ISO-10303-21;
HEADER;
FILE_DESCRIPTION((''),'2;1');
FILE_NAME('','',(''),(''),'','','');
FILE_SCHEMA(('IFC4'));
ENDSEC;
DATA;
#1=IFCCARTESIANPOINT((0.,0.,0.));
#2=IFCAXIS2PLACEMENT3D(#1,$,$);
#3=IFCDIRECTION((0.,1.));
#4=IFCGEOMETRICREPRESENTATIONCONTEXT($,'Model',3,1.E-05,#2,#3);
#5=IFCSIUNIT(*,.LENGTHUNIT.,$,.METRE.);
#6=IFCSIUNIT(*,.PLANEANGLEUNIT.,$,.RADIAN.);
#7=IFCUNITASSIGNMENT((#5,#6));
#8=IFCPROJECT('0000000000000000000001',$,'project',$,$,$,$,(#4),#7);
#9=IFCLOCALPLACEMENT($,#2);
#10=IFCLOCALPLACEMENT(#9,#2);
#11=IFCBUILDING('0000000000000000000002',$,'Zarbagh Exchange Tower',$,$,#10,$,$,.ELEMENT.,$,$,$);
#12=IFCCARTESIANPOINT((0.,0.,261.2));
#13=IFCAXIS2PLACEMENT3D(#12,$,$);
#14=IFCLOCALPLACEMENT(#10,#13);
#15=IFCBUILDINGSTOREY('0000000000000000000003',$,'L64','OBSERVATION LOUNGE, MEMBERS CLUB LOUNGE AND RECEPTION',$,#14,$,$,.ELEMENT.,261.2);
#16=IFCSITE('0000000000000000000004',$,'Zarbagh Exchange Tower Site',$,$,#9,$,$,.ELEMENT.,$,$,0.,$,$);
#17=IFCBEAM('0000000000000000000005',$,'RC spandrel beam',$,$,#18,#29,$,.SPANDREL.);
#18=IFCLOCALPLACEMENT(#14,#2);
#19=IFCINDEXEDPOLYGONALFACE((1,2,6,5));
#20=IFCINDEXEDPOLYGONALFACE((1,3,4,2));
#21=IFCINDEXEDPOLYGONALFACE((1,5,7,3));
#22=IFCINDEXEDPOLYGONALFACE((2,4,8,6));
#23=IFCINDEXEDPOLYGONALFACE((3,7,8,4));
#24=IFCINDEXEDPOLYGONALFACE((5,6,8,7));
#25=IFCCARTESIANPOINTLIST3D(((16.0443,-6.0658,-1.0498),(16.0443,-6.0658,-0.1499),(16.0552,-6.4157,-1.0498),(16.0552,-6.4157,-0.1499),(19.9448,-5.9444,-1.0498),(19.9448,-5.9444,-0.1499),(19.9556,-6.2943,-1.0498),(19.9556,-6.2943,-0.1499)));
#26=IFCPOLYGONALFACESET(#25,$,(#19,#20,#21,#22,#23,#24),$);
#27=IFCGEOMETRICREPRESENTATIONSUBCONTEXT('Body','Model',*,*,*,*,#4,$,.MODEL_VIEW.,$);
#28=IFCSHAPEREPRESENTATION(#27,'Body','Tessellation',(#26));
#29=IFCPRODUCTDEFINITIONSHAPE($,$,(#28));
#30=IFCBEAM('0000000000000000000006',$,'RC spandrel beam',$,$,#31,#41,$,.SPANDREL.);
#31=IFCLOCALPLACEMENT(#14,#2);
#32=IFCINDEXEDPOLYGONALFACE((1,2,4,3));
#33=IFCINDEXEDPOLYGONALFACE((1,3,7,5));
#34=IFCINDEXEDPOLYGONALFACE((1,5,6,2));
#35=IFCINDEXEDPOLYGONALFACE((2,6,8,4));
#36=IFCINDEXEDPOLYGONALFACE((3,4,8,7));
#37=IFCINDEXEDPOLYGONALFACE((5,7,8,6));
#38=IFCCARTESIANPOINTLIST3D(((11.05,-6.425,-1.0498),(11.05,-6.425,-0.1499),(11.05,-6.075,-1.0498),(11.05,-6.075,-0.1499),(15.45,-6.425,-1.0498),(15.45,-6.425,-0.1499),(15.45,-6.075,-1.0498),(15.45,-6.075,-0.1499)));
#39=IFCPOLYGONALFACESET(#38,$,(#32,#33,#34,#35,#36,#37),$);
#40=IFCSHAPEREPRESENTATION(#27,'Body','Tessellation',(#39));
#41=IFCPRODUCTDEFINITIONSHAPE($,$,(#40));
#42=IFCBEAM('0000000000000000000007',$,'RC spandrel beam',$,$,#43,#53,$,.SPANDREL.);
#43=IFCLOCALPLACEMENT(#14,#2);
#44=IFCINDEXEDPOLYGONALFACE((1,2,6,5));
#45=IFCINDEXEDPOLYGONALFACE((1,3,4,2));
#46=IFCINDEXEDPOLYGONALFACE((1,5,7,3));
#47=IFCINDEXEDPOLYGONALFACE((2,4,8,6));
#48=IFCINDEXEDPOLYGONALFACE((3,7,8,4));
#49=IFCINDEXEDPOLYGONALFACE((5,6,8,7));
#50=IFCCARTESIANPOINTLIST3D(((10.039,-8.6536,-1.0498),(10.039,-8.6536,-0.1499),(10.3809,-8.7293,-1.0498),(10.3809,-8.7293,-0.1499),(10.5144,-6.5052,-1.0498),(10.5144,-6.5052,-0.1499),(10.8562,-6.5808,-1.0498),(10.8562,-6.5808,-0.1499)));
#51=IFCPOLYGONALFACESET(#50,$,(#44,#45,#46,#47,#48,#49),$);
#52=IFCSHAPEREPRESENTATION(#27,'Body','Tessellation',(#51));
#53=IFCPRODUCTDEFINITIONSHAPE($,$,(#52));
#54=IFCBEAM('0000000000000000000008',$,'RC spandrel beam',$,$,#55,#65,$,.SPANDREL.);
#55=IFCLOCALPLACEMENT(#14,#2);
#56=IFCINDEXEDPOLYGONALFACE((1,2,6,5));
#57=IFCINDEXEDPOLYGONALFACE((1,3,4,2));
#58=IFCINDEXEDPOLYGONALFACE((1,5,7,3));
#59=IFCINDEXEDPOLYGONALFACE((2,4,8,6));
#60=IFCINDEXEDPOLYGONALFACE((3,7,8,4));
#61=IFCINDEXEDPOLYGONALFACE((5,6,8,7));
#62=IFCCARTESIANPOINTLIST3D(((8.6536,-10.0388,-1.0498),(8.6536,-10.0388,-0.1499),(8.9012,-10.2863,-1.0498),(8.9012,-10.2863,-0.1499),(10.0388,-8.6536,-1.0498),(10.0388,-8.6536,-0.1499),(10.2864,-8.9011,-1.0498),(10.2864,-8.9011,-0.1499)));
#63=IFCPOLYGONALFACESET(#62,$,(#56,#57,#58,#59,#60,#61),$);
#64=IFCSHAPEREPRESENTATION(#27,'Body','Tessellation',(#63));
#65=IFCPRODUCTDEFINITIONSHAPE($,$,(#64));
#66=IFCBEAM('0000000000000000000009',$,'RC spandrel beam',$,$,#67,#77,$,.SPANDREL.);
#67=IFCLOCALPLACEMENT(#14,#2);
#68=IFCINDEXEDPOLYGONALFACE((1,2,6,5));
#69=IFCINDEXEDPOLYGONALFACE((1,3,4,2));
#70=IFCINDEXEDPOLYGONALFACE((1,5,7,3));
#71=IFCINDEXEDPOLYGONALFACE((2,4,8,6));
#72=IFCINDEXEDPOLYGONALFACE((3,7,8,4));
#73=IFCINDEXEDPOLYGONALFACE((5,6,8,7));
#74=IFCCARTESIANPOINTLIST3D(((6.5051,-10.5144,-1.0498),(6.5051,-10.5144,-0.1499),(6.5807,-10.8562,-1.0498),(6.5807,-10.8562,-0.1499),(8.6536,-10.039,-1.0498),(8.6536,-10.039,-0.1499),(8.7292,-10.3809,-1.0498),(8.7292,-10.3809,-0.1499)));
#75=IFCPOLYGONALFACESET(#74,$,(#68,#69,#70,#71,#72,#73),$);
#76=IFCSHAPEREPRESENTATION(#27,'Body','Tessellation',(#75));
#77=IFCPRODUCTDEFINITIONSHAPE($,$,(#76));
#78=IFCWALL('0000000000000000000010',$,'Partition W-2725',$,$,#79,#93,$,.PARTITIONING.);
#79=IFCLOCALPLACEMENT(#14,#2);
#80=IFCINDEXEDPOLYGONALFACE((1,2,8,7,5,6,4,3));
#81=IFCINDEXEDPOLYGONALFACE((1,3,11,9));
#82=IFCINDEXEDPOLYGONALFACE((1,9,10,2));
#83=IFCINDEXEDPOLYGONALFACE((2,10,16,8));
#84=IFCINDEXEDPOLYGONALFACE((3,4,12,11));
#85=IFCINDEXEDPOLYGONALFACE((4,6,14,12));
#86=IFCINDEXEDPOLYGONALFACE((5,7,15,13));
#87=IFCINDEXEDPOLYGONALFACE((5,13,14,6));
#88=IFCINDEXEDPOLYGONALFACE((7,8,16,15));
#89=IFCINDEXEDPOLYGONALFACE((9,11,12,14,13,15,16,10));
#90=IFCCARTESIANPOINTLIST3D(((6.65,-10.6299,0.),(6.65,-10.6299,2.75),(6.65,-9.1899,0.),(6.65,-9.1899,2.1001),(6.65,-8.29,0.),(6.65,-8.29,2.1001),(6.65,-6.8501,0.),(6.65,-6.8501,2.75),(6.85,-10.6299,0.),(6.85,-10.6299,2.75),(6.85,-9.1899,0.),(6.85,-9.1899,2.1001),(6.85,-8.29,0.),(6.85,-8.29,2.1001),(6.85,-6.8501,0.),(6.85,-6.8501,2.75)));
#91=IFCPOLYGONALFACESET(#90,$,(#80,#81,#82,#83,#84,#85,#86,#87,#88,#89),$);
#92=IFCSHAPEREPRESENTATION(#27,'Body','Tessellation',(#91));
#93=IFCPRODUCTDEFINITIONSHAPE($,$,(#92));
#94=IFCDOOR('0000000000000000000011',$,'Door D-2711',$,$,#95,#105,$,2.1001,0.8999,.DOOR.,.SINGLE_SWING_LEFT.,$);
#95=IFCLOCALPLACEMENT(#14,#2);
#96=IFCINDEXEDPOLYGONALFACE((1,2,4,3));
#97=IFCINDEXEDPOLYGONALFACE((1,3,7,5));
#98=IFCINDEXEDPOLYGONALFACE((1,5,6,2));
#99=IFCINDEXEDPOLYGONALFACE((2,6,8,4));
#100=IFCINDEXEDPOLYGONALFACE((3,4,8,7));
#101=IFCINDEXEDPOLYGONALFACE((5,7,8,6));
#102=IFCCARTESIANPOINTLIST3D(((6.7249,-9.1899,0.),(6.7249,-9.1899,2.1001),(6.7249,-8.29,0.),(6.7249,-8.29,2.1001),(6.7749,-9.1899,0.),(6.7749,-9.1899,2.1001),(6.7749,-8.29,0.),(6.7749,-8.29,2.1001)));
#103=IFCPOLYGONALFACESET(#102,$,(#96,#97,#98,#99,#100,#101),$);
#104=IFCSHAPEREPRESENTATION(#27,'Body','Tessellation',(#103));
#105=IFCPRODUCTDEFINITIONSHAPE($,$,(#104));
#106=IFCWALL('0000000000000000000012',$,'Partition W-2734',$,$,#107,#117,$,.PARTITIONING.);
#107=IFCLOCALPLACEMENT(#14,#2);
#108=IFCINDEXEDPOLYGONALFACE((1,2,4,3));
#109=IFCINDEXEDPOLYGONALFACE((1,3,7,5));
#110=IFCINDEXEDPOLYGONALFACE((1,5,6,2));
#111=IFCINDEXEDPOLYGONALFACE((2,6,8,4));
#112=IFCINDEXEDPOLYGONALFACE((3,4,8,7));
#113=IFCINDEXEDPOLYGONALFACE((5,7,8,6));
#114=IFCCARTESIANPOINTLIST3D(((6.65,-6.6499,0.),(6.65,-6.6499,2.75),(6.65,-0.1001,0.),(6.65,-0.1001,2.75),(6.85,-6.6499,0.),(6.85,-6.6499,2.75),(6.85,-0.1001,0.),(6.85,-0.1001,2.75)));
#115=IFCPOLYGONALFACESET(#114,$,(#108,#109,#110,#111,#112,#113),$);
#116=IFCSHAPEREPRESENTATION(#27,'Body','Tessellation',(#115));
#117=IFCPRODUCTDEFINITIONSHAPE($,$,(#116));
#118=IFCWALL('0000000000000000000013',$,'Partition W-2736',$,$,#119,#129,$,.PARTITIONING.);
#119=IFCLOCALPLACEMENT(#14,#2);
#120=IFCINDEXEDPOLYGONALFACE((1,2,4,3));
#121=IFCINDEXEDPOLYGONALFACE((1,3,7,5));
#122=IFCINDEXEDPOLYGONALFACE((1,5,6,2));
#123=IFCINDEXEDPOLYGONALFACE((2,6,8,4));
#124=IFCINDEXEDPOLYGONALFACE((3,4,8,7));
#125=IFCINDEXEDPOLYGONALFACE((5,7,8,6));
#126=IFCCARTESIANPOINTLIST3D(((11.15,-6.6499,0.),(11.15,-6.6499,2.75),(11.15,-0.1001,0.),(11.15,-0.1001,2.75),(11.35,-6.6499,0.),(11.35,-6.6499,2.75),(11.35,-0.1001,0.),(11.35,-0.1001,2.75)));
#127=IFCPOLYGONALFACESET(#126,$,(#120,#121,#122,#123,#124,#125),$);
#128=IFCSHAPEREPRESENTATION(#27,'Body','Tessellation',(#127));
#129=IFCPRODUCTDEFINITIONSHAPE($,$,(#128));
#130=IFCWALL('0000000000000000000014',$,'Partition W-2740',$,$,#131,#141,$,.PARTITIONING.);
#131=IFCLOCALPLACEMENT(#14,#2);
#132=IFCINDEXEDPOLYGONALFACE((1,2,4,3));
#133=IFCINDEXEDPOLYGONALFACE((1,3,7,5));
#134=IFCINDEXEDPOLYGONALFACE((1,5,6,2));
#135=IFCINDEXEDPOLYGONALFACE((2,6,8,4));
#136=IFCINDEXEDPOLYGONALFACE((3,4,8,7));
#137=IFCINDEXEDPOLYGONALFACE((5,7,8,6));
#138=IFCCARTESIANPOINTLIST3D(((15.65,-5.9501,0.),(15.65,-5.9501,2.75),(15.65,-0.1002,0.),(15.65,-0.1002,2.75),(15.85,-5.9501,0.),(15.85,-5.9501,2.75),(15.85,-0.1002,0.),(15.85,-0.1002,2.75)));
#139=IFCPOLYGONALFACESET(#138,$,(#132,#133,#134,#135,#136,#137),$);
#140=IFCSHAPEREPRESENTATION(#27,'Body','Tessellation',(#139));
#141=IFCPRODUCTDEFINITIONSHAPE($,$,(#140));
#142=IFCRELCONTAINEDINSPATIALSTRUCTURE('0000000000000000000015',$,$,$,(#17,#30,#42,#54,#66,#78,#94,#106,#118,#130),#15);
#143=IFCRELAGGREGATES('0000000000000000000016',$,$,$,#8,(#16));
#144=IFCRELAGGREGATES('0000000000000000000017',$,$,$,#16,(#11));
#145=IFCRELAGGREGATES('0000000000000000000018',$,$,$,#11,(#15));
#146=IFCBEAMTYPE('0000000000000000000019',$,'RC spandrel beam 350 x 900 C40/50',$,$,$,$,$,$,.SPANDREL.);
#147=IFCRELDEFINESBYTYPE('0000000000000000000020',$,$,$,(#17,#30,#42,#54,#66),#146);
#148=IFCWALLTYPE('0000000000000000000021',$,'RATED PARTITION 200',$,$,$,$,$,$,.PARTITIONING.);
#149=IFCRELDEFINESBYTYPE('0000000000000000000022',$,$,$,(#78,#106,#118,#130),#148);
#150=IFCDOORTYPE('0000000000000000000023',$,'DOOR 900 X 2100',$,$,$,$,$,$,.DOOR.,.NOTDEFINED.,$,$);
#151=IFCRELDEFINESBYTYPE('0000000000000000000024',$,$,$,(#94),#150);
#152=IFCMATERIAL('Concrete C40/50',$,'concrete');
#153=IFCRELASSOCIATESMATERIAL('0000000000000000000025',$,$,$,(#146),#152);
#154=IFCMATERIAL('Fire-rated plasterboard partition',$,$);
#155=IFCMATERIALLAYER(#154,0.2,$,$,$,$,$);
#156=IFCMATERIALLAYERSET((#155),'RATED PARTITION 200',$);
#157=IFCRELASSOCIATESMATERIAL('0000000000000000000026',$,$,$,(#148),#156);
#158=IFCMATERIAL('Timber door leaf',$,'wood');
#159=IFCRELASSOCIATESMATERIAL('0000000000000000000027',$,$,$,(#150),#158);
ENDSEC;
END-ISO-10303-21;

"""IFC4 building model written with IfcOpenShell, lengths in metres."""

from ifc_helpers import new_model, si_unit, direction, frame, frame_2d, origin, origin_2d, place, context, subcontext, project, spatial, rectangle, extrude, material, layer, layer_set, material_profile, profile_set, type_object, element, fill, save


model = new_model("IFC4")

# Units and contexts
model_context = context("Model", 3, precision=1e-05, world=origin(), true_north=direction((0.0, 1.0)))
body_context = subcontext(model_context, "Body", "Model", "MODEL_VIEW")
ifc_project = project(units=[si_unit("LENGTHUNIT", "METRE"), si_unit("PLANEANGLEUNIT", "RADIAN")], contexts=[model_context])

# Site, building, storey
site_placement = place(None, origin())
site = spatial("IfcSite", under=ifc_project, at=site_placement, Name="Zarbagh Exchange Tower Site", CompositionType="ELEMENT", RefElevation=0.0)
building_placement = place(site_placement, origin())
building = spatial("IfcBuilding", under=site, at=building_placement, Name="Zarbagh Exchange Tower", CompositionType="ELEMENT")
storey_placement = place(building_placement, frame((0.0, 0.0, 261.2)))
storey = spatial("IfcBuildingStorey", under=building, at=storey_placement, Name="L64", Description="OBSERVATION LOUNGE, MEMBERS CLUB LOUNGE AND RECEPTION", CompositionType="ELEMENT", Elevation=261.2)

# Shared definitions
ifc_material_1 = material(Name="Concrete C40/50", Category="concrete")

# Beams
ifc_material_profile_1 = material_profile(ifc_material_1, rectangle(XDim=0.3501, YDim=0.8999, at=origin_2d()), Name="RC spandrel beam 350 x 900 C40/50")
ifc_profile_set_1 = profile_set([ifc_material_profile_1], Name="Concrete C40/50")
beam_type_1 = type_object("IfcBeamType", Name="RC spandrel beam 350 x 900 C40/50", PredefinedType="SPANDREL", material=ifc_profile_set_1)
beam_1_placement = place(storey_placement, frame((19.9502, -6.1194, -0.5999), z_axis=(-0.999516, -0.031094, 0.0), x_axis=(0.031094, -0.999516, 0.0)))
element("IfcBeam", 1, at=beam_1_placement, inside=storey, type_object=beam_type_1, Name="RC spandrel beam", PredefinedType="SPANDREL", context=body_context, shape_type="SweptSolid", body=[
    extrude(rectangle(XDim=0.3501, YDim=0.8999, at=origin_2d()), origin(), (0.0, 0.0, 1.0), 3.9023),
])
beam_2_placement = place(storey_placement, frame((15.45, -6.25, -0.5999), z_axis=(-1.0, 0.0, 0.0), x_axis=(0.0, -1.0, 0.0)))
element("IfcBeam", 2, at=beam_2_placement, inside=storey, type_object=beam_type_1, Name="RC spandrel beam", PredefinedType="SPANDREL", context=body_context, shape_type="SweptSolid", body=[
    extrude(rectangle(XDim=0.3501, YDim=0.8999, at=origin_2d()), origin(), (0.0, 0.0, 1.0), 4.3999),
])
beam_3_placement = place(storey_placement, frame((10.6853, -6.543, -0.5999), z_axis=(-0.216026, -0.976388, 0.0), x_axis=(0.976388, -0.216026, 0.0)))
element("IfcBeam", 3, at=beam_3_placement, inside=storey, type_object=beam_type_1, Name="RC spandrel beam", PredefinedType="SPANDREL", context=body_context, shape_type="SweptSolid", body=[
    extrude(rectangle(XDim=0.3501, YDim=0.8999, at=origin_2d()), origin(), (0.0, 0.0, 1.0), 2.2004),
])
beam_4_placement = place(storey_placement, frame((10.1626, -8.7773, -0.5999), z_axis=(-0.707107, -0.707107, 0.0), x_axis=(0.707107, -0.707107, 0.0)))
element("IfcBeam", 4, at=beam_4_placement, inside=storey, type_object=beam_type_1, Name="RC spandrel beam", PredefinedType="SPANDREL", context=body_context, shape_type="SweptSolid", body=[
    extrude(rectangle(XDim=0.3501, YDim=0.8999, at=origin_2d()), origin(), (0.0, 0.0, 1.0), 1.959),
])
beam_5_placement = place(storey_placement, frame((8.6914, -10.21, -0.5999), z_axis=(-0.976388, -0.216026, 0.0), x_axis=(0.216026, -0.976388, 0.0)))
element("IfcBeam", 5, at=beam_5_placement, inside=storey, type_object=beam_type_1, Name="RC spandrel beam", PredefinedType="SPANDREL", context=body_context, shape_type="SweptSolid", body=[
    extrude(rectangle(XDim=0.3501, YDim=0.8999, at=origin_2d()), origin(), (0.0, 0.0, 1.0), 2.2004),
])

# Wall, opening, door
ifc_material_2 = material(Name="Fire-rated plasterboard partition")
ifc_layer = layer(ifc_material_2, 0.2)
ifc_layer_set = layer_set([ifc_layer], Name="RATED PARTITION 200")
wall_type = type_object("IfcWallType", Name="RATED PARTITION 200", PredefinedType="PARTITIONING", material=ifc_layer_set)
wall_1_placement = place(storey_placement, frame((6.75, -6.8501, 0.0), z_axis=(0.0, 0.0, 1.0), x_axis=(0.0, -1.0, 0.0)))
wall_1 = element("IfcWall", 6, at=wall_1_placement, inside=storey, type_object=wall_type, Name="Partition W-2725", PredefinedType="PARTITIONING", context=body_context, shape_type="SweptSolid", body=[
    extrude(rectangle(XDim=3.7798, YDim=0.2, at=frame_2d((1.8899, 0.0))), origin(), (0.0, 0.0, 1.0), 2.75),
])
opening_placement = place(wall_1_placement, frame((1.4399, 0.0, 0.0)))
opening = element("IfcOpeningElement", 7, at=opening_placement, cuts=wall_1, PredefinedType="OPENING", context=body_context, shape_type="SweptSolid", body=[
    extrude(rectangle(XDim=0.8999, YDim=2.1001, at=frame_2d((0.45, 1.05))), frame((0.0, 0.1099, 0.0), z_axis=(0.0, -1.0, 0.0), x_axis=(1.0, 0.0, 0.0)), (0.0, 0.0, 1.0), 0.22),
])
ifc_material_3 = material(Name="Timber door leaf", Category="wood")
door_type = type_object("IfcDoorType", Name="DOOR 900 X 2100", OperationType="NOTDEFINED", PredefinedType="DOOR", material=ifc_material_3)
door_placement = place(opening_placement, origin())
door = element("IfcDoor", 8, at=door_placement, inside=storey, type_object=door_type, Name="Door D-2711", OperationType="SINGLE_SWING_LEFT", OverallHeight=2.1001, OverallWidth=0.8999, PredefinedType="DOOR", context=body_context, shape_type="SweptSolid", body=[
    extrude(rectangle(XDim=0.8999, YDim=2.1001, at=frame_2d((0.45, 1.05))), frame((0.0, 0.0249, 0.0), z_axis=(0.0, -1.0, 0.0), x_axis=(1.0, 0.0, 0.0)), (0.0, 0.0, 1.0), 0.05),
])
fill(opening, door)

# Walls
for number, where, z_axis, x_axis, name in (
    (9, (6.75, -6.6499, 0.0), (0.0, 0.0, 1.0), (0.0, 1.0, 0.0), "Partition W-2734"),
    (10, (11.25, -6.6499, 0.0), (0.0, 0.0, 1.0), (0.0, 1.0, 0.0), "Partition W-2736"),
):
    element("IfcWall", number, at=place(storey_placement, frame(where, z_axis=z_axis, x_axis=x_axis)), inside=storey, type_object=wall_type, Name=name, PredefinedType="PARTITIONING", context=body_context, shape_type="SweptSolid", body=[
        extrude(rectangle(XDim=6.5498, YDim=0.2, at=frame_2d((3.2749, 0.0))), origin(), (0.0, 0.0, 1.0), 2.75),
    ])
wall_2_placement = place(storey_placement, frame((15.75, -5.95, 0.0), z_axis=(0.0, 0.0, 1.0), x_axis=(0.0, 1.0, 0.0)))
element("IfcWall", 11, at=wall_2_placement, inside=storey, type_object=wall_type, Name="Partition W-2740", PredefinedType="PARTITIONING", context=body_context, shape_type="SweptSolid", body=[
    extrude(rectangle(XDim=5.8499, YDim=0.2, at=frame_2d((2.9248, 0.0))), origin(), (0.0, 0.0, 1.0), 2.75),
])

save(model, "model.ifc")
